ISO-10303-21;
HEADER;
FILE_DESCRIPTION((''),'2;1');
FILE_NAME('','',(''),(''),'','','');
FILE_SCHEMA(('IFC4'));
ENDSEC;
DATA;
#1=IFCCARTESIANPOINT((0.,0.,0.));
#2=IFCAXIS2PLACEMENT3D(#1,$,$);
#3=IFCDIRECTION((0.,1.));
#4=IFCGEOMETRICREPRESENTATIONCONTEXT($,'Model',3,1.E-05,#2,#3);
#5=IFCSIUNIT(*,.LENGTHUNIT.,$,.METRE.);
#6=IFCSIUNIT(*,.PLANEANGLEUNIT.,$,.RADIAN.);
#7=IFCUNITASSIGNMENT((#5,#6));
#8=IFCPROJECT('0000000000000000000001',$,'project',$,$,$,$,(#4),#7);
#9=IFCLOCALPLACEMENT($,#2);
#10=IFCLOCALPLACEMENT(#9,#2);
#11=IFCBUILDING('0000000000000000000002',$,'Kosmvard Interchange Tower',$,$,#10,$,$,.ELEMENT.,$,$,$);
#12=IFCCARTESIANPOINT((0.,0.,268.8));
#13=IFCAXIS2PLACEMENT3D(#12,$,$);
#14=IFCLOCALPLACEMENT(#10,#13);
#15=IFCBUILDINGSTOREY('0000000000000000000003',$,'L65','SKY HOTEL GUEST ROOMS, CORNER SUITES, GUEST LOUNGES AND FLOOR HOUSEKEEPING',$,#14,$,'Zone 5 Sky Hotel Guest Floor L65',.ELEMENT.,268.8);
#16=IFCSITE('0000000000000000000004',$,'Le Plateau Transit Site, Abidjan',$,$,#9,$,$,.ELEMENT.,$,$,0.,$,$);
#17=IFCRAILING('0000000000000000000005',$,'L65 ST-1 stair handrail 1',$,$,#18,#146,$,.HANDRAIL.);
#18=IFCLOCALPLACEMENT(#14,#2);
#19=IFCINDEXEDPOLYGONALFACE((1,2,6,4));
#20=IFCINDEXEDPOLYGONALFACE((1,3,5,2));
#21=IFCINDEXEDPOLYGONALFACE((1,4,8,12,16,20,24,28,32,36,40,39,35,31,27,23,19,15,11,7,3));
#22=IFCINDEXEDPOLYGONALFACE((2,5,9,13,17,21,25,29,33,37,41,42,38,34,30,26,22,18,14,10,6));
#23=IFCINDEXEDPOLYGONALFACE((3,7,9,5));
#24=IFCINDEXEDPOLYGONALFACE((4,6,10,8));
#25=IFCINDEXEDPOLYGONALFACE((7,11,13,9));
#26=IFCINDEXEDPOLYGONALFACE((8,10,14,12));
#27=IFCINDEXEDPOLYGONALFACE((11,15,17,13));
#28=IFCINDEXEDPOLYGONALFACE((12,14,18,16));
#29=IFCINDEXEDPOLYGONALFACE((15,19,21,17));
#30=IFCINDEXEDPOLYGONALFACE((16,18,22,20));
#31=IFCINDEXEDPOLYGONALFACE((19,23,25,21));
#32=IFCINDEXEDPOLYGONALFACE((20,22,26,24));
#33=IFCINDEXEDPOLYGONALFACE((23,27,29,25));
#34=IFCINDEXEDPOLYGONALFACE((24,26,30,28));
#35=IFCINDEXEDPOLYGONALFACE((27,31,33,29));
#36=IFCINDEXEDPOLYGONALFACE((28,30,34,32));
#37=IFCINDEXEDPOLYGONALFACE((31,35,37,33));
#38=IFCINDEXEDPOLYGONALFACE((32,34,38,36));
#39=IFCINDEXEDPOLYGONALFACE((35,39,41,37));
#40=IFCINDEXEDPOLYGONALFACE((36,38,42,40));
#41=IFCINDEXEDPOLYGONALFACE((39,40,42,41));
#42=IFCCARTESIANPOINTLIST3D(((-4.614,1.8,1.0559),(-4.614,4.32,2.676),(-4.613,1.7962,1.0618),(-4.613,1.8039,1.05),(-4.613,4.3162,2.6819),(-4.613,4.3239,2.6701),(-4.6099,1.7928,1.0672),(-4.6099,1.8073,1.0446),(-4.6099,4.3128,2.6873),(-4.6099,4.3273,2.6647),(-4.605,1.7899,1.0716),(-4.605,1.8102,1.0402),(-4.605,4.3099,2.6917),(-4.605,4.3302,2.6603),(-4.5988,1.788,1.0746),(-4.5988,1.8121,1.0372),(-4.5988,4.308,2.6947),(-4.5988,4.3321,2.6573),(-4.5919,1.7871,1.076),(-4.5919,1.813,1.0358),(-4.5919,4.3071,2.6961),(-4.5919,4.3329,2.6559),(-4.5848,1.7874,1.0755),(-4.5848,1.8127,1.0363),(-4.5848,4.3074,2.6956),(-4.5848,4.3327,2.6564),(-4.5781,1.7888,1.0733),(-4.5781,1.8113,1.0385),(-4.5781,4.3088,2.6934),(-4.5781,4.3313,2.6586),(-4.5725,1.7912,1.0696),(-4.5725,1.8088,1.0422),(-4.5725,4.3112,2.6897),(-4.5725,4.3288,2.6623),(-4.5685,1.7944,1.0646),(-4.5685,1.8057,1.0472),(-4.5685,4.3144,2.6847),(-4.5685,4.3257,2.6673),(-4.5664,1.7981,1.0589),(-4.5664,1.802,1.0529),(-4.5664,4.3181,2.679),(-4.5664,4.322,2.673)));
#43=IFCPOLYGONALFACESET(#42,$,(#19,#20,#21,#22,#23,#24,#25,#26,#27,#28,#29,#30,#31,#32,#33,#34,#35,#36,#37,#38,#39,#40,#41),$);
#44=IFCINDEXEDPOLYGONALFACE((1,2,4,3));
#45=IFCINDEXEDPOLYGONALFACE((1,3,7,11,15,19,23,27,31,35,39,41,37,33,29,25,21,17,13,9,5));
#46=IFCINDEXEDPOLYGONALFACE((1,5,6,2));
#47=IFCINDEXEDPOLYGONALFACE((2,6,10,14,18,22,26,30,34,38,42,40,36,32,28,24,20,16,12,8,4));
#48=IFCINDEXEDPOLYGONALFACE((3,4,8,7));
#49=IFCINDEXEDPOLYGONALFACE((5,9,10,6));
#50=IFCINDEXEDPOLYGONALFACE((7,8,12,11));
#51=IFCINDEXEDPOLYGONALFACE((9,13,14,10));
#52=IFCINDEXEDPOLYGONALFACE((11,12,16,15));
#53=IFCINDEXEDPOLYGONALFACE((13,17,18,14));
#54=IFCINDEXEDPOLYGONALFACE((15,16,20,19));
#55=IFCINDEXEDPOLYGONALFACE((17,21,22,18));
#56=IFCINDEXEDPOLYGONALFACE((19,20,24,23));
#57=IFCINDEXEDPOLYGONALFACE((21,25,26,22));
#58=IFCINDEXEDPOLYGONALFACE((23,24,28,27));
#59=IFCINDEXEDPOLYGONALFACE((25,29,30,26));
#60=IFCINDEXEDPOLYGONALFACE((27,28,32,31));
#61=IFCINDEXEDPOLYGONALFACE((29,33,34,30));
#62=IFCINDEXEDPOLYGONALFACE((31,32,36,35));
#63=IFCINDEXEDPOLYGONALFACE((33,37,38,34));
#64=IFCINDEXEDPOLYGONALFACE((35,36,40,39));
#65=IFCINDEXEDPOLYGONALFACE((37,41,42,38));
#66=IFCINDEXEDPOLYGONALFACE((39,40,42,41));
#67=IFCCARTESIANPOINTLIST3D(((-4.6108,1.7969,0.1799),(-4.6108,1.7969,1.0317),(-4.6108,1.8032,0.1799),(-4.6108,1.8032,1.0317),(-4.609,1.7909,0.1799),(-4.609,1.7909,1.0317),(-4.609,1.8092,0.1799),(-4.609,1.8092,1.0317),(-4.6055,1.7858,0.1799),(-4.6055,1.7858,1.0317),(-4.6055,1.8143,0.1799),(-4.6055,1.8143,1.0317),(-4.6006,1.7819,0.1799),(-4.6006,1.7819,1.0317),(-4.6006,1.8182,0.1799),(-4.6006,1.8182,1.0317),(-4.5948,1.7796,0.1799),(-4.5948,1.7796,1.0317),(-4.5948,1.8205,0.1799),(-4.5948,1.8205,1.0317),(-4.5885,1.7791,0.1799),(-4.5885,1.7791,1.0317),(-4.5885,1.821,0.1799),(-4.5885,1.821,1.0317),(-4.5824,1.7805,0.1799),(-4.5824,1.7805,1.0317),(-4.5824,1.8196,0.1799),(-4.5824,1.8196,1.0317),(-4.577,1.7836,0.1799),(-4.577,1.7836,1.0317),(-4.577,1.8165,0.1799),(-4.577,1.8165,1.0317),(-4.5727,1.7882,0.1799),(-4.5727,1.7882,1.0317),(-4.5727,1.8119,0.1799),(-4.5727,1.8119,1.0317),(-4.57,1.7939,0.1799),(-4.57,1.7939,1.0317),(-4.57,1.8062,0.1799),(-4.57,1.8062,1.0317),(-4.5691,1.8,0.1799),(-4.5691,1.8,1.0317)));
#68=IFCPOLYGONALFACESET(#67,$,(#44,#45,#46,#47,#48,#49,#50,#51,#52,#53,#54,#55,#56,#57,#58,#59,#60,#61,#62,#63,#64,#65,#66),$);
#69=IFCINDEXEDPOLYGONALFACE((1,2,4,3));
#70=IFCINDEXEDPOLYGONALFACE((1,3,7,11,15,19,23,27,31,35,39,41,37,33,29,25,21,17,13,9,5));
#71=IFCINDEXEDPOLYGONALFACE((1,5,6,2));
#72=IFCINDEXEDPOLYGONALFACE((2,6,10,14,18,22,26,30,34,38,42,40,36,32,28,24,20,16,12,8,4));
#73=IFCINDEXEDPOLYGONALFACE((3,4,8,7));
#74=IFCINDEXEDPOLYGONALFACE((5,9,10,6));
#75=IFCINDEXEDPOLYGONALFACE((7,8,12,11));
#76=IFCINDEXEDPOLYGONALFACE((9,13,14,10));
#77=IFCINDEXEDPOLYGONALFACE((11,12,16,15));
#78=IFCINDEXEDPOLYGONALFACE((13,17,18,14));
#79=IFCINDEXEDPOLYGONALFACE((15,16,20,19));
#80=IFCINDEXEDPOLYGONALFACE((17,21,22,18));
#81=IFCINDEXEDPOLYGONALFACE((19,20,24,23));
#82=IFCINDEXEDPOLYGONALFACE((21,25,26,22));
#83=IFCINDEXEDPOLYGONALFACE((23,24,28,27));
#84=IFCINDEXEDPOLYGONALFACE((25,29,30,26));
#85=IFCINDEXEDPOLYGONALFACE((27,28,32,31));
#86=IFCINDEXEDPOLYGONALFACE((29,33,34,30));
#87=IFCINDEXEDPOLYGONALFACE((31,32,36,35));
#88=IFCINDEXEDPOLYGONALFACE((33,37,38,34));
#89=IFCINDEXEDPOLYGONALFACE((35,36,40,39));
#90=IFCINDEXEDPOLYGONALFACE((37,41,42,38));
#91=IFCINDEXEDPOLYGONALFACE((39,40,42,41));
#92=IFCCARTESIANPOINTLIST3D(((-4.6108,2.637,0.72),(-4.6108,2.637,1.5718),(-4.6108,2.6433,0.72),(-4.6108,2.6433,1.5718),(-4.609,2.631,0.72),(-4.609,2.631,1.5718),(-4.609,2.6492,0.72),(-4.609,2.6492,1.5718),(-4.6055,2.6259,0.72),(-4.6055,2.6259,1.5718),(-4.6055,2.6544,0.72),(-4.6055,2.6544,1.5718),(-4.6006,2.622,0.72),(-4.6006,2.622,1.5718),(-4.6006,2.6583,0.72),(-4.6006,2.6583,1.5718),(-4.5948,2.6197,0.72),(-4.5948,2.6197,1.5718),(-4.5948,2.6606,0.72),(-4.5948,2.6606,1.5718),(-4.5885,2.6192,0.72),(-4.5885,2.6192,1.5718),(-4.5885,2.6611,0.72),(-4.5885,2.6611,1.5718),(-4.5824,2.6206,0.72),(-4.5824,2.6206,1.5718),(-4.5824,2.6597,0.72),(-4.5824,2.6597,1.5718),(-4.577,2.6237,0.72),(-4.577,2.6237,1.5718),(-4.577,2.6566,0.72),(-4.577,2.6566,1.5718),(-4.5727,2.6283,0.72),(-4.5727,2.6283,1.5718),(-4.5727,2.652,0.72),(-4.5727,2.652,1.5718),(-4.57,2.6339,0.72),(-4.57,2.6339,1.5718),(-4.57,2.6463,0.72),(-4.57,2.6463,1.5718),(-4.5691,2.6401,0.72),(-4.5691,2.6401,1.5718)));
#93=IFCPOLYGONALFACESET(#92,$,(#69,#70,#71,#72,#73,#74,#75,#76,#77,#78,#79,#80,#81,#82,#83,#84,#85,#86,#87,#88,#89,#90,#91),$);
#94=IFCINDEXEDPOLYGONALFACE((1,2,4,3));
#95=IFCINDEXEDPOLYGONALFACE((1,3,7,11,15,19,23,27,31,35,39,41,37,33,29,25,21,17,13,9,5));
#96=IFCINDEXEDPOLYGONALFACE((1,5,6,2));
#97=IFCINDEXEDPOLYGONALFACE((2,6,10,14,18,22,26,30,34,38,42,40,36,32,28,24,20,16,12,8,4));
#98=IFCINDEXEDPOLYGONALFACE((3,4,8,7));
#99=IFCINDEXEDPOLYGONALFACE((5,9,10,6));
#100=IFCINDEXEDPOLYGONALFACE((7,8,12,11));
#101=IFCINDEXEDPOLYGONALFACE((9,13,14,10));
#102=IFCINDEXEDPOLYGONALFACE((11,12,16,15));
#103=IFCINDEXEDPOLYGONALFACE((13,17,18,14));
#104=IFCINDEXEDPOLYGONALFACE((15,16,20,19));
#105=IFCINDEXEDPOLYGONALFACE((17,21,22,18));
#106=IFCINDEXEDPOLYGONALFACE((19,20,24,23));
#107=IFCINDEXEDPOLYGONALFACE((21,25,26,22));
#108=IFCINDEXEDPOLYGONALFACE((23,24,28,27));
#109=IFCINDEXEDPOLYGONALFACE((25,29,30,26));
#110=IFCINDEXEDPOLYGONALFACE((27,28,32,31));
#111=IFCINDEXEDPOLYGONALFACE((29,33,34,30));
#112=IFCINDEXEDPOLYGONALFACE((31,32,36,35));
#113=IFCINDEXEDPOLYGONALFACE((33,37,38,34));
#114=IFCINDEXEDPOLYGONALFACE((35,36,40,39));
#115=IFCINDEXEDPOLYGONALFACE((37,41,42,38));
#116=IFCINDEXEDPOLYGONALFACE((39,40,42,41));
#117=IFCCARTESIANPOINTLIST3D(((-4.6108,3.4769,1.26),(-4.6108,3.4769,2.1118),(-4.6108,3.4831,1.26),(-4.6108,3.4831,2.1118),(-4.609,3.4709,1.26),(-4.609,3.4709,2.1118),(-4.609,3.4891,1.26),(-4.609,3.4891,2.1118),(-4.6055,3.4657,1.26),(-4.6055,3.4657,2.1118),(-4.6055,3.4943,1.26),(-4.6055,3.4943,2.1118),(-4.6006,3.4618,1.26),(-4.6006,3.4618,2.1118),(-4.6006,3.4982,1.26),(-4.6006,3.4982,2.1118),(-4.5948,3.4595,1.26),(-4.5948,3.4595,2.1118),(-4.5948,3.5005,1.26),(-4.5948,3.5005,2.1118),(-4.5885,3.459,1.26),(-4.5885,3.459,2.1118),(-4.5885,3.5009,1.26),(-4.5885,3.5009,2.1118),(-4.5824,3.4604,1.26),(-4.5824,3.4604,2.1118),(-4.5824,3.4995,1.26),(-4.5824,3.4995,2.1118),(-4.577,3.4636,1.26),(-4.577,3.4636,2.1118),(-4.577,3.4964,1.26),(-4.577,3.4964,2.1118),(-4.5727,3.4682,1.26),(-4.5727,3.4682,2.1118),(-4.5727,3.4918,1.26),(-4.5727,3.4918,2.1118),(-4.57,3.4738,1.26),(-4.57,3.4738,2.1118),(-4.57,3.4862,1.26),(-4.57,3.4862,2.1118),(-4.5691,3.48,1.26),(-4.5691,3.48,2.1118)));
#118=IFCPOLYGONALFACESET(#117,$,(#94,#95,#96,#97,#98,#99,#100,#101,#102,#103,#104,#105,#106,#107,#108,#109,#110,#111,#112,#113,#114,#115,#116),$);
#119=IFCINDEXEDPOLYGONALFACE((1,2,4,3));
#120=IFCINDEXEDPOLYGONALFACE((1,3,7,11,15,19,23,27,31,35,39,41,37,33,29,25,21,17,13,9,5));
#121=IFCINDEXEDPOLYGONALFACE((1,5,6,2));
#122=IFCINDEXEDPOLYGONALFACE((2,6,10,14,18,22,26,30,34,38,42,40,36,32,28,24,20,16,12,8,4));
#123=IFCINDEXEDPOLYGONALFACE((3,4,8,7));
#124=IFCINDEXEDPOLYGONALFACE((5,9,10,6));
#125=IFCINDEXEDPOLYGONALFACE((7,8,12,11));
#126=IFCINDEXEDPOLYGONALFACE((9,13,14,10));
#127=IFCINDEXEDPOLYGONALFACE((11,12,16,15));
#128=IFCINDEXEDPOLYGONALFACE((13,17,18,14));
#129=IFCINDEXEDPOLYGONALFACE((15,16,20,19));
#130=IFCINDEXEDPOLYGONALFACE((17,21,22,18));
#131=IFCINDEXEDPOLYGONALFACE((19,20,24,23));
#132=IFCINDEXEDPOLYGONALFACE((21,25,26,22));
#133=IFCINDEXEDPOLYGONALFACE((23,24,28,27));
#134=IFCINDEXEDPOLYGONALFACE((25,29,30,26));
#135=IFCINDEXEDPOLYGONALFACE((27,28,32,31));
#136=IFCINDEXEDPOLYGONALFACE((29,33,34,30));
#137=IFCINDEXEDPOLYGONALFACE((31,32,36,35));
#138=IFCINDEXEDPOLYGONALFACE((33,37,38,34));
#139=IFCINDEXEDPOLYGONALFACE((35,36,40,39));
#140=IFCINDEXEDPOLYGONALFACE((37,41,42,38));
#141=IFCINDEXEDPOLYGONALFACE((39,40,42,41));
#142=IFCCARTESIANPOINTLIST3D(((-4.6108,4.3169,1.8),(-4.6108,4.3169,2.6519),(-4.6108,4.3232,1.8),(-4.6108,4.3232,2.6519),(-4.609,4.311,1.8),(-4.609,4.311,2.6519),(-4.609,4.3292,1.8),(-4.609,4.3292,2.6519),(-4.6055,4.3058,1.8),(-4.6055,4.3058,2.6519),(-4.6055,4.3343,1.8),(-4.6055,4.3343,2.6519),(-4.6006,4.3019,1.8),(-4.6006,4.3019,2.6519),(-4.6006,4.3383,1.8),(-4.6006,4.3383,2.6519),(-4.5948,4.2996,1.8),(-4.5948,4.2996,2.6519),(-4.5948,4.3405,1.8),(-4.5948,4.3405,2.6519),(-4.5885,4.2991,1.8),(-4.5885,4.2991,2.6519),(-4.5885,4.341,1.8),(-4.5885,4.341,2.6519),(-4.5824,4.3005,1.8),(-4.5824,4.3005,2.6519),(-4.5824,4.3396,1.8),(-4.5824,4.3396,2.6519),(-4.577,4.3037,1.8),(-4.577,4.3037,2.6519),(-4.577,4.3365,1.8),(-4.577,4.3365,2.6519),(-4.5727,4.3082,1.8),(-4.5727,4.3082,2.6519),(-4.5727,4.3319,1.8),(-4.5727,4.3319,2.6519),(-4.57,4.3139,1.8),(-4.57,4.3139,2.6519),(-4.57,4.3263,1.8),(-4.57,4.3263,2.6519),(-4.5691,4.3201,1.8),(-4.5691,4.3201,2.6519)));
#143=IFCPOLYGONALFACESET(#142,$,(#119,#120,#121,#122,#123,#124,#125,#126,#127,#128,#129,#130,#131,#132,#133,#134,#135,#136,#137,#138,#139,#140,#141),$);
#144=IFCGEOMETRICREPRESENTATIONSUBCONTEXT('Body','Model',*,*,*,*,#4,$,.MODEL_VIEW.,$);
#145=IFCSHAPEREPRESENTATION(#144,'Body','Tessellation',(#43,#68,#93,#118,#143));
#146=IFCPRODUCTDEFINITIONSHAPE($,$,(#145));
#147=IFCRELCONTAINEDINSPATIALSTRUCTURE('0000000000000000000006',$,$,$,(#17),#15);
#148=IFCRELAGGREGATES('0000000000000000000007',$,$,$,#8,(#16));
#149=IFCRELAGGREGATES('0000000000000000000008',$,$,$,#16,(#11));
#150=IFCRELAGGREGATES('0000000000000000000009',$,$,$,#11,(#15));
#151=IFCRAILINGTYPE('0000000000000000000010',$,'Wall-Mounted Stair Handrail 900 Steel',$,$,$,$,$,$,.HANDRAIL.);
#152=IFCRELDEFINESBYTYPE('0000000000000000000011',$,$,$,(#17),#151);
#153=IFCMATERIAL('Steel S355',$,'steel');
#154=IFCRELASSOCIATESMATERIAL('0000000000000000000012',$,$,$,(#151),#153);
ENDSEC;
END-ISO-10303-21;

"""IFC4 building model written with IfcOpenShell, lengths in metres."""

from ifc_helpers import new_model, si_unit, direction, frame, origin, origin_2d, place, context, subcontext, project, spatial, circle, extrude, source, transform, mapped, material, type_object, element, save


model = new_model("IFC4")

# Units and contexts
model_context = context("Model", 3, precision=1e-05, world=origin(), true_north=direction((0.0, 1.0)))
body_context = subcontext(model_context, "Body", "Model", "MODEL_VIEW")
ifc_project = project(units=[si_unit("LENGTHUNIT", "METRE"), si_unit("PLANEANGLEUNIT", "RADIAN")], contexts=[model_context])

# Site, building, storey
site_placement = place(None, origin())
site = spatial("IfcSite", under=ifc_project, at=site_placement, Name="Le Plateau Transit Site, Abidjan", CompositionType="ELEMENT", RefElevation=0.0)
building_placement = place(site_placement, origin())
building = spatial("IfcBuilding", under=site, at=building_placement, Name="Kosmvard Interchange Tower", CompositionType="ELEMENT")
storey_placement = place(building_placement, frame((0.0, 0.0, 268.8)))
storey = spatial("IfcBuildingStorey", under=building, at=storey_placement, Name="L65", Description="SKY HOTEL GUEST ROOMS, CORNER SUITES, GUEST LOUNGES AND FLOOR HOUSEKEEPING", LongName="Zone 5 Sky Hotel Guest Floor L65", CompositionType="ELEMENT", Elevation=268.8)

# Shared definitions
ifc_material_1 = material(Name="Steel S355", Category="steel")

# Railing
railing_type_1 = type_object("IfcRailingType", Name="Wall-Mounted Stair Handrail 900 Steel", PredefinedType="HANDRAIL", material=ifc_material_1)
shared_shape_1 = source(origin(), body_context, "Body", "SweptSolid", [
    extrude(circle(Radius=0.0239, at=origin_2d()), frame((0.0, 0.0, 0.876), z_axis=(0.0, 0.841163, 0.540782), x_axis=(-1.0, 0.0, 0.0)), (0.0, 0.0, 1.0), 2.9958),
    extrude(circle(Radius=0.021, at=origin_2d()), origin(), (0.0, 0.0, 1.0), 0.8518),
    extrude(circle(Radius=0.021, at=origin_2d()), frame((0.0, 0.8401, 0.54)), (0.0, 0.0, 1.0), 0.8518),
    extrude(circle(Radius=0.021, at=origin_2d()), frame((0.0, 1.6799, 1.0801)), (0.0, 0.0, 1.0), 0.8518),
    extrude(circle(Radius=0.021, at=origin_2d()), frame((0.0, 2.52, 1.6201)), (0.0, 0.0, 1.0), 0.8518),
])
railing_1_placement = place(storey_placement, frame((-4.5901, 1.8, 0.1799)))
element("IfcRailing", 1, at=railing_1_placement, inside=storey, type_object=railing_type_1, Name="L65 ST-1 stair handrail 1", PredefinedType="HANDRAIL", context=body_context, shape_type="MappedRepresentation", body=[
    mapped(shared_shape_1, transform((0.0, 0.0, 0.0), scale=1.0)),
])

save(model, "model.ifc")
